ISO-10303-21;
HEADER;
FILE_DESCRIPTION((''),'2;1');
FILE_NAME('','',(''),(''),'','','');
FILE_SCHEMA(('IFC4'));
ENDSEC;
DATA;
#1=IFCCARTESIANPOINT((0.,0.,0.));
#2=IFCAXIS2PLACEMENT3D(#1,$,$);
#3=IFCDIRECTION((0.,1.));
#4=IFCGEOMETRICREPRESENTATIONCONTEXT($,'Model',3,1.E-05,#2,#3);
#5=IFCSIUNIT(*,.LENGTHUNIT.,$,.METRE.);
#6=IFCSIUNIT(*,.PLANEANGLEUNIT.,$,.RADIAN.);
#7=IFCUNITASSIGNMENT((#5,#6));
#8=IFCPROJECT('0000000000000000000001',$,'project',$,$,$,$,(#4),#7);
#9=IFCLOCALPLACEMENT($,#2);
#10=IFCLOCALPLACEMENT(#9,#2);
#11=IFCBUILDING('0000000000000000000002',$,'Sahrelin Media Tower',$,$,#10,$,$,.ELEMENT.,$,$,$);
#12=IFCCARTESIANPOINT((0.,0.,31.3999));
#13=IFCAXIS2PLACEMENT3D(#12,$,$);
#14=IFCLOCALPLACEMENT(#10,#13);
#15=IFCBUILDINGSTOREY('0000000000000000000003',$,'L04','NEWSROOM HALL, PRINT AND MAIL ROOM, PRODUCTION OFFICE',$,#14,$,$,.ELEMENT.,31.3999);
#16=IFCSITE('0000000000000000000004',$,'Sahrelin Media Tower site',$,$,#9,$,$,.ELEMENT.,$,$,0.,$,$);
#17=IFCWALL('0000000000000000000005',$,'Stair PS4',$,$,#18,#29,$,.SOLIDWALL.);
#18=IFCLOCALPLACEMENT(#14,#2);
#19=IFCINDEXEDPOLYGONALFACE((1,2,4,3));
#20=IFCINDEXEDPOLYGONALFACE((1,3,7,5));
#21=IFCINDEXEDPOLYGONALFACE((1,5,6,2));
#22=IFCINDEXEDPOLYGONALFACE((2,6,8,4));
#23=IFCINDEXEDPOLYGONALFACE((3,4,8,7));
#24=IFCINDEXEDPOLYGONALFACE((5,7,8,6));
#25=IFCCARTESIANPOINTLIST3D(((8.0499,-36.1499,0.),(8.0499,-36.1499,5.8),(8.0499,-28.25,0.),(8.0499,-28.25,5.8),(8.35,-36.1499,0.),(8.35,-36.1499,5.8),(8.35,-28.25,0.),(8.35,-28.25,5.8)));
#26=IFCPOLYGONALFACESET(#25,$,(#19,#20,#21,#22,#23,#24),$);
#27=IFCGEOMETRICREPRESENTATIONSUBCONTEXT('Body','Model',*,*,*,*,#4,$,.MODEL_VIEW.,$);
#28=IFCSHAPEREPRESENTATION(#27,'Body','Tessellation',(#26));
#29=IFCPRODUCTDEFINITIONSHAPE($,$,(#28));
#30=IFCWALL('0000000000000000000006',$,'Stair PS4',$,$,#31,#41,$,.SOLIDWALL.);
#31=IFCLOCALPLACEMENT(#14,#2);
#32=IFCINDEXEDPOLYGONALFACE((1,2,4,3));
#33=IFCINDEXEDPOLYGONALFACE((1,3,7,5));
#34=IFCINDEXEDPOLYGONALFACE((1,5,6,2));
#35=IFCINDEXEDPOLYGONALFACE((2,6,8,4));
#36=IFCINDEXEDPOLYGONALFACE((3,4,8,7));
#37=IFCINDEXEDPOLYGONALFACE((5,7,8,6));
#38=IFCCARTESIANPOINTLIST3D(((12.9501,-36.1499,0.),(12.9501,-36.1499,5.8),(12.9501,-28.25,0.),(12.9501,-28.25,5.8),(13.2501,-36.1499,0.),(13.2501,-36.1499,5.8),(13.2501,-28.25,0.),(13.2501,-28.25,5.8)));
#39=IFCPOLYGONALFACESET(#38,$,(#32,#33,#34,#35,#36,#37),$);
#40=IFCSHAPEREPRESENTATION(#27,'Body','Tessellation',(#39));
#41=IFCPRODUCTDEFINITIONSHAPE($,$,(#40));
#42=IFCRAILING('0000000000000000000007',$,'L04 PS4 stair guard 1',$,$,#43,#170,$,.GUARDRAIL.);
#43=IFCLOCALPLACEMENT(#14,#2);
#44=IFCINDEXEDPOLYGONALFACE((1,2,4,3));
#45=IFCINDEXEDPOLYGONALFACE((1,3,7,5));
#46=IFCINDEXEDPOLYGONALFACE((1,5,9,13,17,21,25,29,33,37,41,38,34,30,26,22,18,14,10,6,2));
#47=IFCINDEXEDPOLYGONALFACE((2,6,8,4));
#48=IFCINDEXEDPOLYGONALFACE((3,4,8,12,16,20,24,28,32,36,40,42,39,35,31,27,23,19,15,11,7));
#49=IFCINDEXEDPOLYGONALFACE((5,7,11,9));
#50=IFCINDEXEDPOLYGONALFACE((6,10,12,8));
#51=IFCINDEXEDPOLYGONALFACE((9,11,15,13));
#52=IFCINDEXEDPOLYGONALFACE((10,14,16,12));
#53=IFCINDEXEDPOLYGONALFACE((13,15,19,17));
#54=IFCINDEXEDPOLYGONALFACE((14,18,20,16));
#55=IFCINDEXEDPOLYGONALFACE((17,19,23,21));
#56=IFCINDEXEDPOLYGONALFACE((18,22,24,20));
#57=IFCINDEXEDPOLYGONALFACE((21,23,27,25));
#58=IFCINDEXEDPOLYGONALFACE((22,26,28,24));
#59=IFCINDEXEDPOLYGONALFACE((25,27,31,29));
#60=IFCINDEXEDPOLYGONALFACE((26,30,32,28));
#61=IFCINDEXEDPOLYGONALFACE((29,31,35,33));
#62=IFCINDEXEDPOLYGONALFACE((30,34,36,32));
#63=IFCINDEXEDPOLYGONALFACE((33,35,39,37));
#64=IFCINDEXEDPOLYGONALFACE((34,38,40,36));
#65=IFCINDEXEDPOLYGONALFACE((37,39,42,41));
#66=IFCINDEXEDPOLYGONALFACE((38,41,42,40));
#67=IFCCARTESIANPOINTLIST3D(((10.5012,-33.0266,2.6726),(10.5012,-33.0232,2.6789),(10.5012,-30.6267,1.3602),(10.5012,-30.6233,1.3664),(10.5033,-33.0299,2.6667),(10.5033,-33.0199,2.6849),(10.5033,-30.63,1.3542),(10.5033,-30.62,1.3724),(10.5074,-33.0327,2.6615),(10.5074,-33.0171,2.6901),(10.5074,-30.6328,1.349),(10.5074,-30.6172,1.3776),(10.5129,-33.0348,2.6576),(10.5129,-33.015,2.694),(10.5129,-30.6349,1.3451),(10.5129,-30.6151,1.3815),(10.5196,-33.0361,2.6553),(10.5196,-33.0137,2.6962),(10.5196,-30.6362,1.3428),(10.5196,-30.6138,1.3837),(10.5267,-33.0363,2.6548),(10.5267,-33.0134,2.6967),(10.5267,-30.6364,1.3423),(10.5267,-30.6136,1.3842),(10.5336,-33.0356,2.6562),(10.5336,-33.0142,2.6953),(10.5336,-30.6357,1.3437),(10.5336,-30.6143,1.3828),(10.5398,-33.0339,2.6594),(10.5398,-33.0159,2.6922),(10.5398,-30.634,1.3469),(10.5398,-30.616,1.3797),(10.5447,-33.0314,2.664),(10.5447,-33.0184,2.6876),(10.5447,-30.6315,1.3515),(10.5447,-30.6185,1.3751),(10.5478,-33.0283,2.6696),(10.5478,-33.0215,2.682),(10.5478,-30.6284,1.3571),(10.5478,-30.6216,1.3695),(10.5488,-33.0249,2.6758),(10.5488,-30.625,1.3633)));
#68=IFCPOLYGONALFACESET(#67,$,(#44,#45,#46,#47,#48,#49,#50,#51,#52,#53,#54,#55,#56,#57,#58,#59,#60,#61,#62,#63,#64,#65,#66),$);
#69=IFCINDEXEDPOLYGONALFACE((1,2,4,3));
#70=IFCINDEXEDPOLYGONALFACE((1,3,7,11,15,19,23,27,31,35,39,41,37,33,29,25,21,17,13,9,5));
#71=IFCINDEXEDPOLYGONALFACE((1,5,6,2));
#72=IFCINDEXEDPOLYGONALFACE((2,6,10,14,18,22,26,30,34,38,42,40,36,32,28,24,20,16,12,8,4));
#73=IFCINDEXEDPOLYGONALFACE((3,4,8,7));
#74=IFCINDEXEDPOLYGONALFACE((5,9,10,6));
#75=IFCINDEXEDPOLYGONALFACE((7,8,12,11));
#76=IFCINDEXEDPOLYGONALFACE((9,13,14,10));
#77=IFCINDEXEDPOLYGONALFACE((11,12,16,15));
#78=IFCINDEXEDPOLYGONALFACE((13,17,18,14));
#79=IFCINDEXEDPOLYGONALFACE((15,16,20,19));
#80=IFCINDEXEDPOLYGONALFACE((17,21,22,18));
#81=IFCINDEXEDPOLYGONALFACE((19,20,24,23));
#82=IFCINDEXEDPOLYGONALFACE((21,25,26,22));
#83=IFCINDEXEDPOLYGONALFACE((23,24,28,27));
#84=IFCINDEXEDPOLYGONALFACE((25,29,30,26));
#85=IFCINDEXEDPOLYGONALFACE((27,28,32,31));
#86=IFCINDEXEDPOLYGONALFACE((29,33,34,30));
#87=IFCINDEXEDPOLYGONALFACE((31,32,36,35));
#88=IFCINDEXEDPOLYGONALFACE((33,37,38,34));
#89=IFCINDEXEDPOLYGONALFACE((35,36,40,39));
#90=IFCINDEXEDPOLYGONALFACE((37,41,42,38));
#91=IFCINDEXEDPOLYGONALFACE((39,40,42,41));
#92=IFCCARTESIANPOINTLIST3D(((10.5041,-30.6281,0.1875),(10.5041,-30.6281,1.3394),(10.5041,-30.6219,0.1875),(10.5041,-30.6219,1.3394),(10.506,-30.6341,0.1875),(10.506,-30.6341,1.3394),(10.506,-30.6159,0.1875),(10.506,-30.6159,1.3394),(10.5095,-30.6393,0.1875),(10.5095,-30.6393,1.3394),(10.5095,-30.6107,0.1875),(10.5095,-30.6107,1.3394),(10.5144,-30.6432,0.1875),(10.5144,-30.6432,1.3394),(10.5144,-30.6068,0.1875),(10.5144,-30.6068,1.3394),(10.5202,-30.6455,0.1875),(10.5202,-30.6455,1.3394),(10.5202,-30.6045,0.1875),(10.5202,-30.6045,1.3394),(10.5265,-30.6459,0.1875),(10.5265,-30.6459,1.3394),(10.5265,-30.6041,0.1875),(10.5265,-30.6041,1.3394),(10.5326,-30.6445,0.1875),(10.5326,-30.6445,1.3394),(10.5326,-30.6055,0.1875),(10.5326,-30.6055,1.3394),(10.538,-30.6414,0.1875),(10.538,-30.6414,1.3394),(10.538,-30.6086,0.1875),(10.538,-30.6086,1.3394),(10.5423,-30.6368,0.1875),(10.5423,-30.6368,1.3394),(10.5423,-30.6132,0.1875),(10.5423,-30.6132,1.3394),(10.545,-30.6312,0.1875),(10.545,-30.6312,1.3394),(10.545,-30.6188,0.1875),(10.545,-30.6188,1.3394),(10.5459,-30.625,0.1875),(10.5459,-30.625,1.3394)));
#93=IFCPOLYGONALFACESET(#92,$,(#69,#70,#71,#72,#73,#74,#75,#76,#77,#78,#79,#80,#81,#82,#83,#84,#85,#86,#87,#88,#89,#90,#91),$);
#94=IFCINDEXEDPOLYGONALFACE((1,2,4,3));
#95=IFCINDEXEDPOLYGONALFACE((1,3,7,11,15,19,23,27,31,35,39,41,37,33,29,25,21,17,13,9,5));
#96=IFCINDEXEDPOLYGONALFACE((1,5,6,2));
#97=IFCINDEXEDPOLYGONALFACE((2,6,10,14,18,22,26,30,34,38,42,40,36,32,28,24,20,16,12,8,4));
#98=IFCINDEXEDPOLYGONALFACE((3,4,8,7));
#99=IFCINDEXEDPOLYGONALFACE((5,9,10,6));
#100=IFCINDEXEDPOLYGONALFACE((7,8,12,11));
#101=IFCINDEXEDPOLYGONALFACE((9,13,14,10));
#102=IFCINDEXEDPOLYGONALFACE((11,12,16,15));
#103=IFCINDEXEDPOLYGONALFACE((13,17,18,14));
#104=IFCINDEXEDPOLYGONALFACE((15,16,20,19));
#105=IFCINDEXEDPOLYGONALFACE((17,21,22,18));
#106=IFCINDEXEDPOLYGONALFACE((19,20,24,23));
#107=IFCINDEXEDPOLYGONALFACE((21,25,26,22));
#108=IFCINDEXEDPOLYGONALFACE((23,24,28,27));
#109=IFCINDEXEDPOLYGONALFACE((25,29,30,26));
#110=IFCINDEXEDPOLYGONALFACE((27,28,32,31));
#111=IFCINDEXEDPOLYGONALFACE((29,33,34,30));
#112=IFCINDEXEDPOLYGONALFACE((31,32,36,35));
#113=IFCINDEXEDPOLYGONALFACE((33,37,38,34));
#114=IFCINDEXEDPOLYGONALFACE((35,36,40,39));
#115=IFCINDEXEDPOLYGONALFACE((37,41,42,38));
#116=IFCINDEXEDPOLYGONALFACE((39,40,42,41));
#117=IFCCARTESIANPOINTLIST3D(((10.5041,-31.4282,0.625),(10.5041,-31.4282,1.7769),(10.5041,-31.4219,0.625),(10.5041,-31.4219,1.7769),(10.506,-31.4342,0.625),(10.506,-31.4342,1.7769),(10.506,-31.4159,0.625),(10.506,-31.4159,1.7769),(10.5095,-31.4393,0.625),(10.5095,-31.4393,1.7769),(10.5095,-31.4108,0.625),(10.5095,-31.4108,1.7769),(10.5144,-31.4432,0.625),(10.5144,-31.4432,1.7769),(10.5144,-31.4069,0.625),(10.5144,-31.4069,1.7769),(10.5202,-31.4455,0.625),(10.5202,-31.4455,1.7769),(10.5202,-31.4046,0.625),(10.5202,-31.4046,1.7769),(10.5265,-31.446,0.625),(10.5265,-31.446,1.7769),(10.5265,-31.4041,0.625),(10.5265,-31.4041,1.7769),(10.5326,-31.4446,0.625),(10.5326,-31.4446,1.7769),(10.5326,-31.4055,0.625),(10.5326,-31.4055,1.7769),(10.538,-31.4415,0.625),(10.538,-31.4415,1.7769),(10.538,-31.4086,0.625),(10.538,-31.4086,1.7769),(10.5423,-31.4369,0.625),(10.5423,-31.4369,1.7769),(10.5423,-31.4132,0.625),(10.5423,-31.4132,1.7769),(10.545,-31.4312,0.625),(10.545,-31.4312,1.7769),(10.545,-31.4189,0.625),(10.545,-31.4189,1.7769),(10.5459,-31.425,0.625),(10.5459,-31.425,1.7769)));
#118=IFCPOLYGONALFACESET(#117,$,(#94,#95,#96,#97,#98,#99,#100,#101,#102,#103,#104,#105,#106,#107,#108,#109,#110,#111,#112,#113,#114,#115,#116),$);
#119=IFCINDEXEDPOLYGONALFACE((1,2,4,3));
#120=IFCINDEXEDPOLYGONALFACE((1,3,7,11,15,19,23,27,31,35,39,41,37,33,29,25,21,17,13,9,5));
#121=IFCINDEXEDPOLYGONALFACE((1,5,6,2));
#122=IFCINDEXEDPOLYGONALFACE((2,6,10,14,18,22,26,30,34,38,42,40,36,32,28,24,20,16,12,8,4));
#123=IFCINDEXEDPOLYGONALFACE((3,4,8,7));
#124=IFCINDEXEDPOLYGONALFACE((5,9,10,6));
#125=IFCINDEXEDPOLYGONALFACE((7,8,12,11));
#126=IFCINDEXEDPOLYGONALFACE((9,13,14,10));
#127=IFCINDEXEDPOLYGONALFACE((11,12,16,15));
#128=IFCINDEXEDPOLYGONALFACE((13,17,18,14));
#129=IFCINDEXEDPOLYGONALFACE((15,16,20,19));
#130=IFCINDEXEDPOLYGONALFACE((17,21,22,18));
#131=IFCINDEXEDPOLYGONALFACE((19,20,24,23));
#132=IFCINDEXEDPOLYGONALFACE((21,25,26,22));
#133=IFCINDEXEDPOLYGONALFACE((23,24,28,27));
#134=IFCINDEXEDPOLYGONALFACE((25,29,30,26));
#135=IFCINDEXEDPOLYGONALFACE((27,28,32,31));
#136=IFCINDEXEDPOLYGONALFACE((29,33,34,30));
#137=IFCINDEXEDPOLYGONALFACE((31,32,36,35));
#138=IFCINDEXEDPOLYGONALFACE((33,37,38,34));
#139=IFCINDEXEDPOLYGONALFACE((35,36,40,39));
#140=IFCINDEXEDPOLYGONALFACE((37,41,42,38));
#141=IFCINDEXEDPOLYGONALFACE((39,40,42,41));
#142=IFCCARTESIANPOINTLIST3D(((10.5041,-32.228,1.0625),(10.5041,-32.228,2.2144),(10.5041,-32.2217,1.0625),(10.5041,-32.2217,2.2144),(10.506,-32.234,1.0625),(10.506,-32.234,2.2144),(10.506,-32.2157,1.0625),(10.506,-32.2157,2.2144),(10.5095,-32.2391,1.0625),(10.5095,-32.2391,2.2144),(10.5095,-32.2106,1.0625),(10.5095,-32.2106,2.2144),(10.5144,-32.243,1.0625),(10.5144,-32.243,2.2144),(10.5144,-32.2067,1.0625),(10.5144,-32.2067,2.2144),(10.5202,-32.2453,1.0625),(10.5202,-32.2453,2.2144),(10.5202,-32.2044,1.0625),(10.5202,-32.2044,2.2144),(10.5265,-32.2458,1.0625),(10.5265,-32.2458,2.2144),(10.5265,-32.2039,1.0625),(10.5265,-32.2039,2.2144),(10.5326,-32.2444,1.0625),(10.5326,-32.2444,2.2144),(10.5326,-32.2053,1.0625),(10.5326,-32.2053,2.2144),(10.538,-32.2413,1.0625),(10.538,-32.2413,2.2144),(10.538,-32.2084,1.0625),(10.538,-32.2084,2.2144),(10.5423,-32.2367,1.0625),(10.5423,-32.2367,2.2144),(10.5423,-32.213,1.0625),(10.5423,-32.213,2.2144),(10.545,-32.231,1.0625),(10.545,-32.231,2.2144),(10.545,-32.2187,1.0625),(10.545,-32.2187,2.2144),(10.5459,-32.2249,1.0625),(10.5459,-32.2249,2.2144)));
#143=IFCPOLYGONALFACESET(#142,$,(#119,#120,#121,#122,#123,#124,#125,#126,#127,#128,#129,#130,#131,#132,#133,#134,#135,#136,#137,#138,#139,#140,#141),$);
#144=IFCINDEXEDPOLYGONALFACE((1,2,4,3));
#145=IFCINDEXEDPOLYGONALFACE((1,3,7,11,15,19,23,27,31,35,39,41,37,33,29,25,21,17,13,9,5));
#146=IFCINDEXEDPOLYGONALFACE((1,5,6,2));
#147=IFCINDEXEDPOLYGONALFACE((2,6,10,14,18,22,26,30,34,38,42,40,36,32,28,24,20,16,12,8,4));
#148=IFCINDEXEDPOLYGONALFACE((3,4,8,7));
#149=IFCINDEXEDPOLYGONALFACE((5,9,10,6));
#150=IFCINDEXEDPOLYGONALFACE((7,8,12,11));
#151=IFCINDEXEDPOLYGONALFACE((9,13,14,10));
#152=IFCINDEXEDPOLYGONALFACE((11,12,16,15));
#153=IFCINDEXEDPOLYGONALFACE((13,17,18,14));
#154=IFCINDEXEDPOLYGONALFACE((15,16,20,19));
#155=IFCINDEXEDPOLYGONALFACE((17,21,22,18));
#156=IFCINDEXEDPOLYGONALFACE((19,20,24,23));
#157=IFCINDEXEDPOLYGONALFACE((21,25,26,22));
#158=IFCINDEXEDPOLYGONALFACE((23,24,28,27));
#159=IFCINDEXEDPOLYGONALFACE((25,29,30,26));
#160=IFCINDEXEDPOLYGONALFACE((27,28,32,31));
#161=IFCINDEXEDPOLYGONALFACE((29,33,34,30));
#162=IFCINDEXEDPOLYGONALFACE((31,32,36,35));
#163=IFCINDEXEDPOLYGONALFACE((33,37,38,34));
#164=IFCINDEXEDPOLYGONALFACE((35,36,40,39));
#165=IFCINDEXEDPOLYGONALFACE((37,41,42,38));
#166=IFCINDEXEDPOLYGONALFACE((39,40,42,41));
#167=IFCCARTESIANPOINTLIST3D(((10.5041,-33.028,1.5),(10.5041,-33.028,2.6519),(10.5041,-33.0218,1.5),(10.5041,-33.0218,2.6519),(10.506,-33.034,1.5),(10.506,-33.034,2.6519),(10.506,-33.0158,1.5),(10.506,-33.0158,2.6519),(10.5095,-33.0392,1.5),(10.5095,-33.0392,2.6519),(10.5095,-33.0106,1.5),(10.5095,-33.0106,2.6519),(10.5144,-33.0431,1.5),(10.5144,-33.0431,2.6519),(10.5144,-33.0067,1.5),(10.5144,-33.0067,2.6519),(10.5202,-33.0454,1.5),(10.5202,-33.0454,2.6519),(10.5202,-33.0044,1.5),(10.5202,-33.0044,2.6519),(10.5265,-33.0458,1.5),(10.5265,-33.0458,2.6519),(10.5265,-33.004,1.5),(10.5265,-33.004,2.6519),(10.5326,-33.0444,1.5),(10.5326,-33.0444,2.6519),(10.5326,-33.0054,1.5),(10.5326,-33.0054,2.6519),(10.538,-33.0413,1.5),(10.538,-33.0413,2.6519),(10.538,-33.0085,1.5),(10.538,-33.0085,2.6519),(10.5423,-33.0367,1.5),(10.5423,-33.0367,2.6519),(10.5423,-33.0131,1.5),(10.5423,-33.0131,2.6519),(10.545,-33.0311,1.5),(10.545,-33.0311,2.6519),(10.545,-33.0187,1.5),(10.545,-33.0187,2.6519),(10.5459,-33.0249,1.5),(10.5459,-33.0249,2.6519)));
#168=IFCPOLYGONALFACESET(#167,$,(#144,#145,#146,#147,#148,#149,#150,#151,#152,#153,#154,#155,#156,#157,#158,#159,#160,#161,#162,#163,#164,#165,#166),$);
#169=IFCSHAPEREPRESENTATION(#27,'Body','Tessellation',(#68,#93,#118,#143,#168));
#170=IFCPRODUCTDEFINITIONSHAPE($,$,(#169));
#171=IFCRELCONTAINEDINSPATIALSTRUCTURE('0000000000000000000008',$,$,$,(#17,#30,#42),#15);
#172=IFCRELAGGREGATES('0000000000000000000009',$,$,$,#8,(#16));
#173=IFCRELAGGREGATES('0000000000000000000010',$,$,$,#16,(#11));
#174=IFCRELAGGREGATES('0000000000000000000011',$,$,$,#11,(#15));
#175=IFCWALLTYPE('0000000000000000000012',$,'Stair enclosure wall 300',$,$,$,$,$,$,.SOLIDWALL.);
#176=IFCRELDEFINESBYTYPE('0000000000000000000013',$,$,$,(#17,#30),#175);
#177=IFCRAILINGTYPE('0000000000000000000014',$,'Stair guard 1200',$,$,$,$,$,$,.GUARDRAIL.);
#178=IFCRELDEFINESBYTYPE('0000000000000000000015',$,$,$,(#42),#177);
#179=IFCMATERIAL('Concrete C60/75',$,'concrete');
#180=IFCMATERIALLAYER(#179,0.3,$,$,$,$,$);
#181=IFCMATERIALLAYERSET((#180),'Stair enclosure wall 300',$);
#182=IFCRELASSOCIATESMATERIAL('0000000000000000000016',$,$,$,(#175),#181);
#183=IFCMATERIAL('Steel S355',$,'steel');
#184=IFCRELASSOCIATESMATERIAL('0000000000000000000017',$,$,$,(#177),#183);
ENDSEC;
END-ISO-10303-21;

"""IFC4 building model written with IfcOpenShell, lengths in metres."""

from ifc_helpers import new_model, si_unit, direction, frame, frame_2d, origin, origin_2d, place, context, subcontext, project, spatial, rectangle, circle, extrude, material, layer, layer_set, type_object, element, save


model = new_model("IFC4")

# Units and contexts
model_context = context("Model", 3, precision=1e-05, world=origin(), true_north=direction((0.0, 1.0)))
body_context = subcontext(model_context, "Body", "Model", "MODEL_VIEW")
ifc_project = project(units=[si_unit("LENGTHUNIT", "METRE"), si_unit("PLANEANGLEUNIT", "RADIAN")], contexts=[model_context])

# Site, building, storey
site_placement = place(None, origin())
site = spatial("IfcSite", under=ifc_project, at=site_placement, Name="Sahrelin Media Tower site", CompositionType="ELEMENT", RefElevation=0.0)
building_placement = place(site_placement, origin())
building = spatial("IfcBuilding", under=site, at=building_placement, Name="Sahrelin Media Tower", CompositionType="ELEMENT")
storey_placement = place(building_placement, frame((0.0, 0.0, 31.3999)))
storey = spatial("IfcBuildingStorey", under=building, at=storey_placement, Name="L04", Description="NEWSROOM HALL, PRINT AND MAIL ROOM, PRODUCTION OFFICE", CompositionType="ELEMENT", Elevation=31.3999)

# Shared definitions
ifc_material_1 = material(Name="Steel S355", Category="steel")

# Wall
ifc_material_2 = material(Name="Concrete C60/75", Category="concrete")
ifc_layer_1 = layer(ifc_material_2, 0.3)
ifc_layer_set_1 = layer_set([ifc_layer_1], Name="Stair enclosure wall 300")
wall_type_1 = type_object("IfcWallType", Name="Stair enclosure wall 300", PredefinedType="SOLIDWALL", material=ifc_layer_set_1)
wall_1_placement = place(storey_placement, frame((8.2, -36.1499, 0.0), z_axis=(0.0, 0.0, 1.0), x_axis=(0.0, 1.0, 0.0)))
element("IfcWall", 1, at=wall_1_placement, inside=storey, type_object=wall_type_1, Name="Stair PS4", PredefinedType="SOLIDWALL", context=body_context, shape_type="SweptSolid", body=[
    extrude(rectangle(XDim=7.8999, YDim=0.3, at=frame_2d((3.95, 0.0))), origin(), (0.0, 0.0, 1.0), 5.8),
])

# Wall
wall_2_placement = place(storey_placement, frame((13.1001, -28.25, 0.0), z_axis=(0.0, 0.0, 1.0), x_axis=(0.0, -1.0, 0.0)))
element("IfcWall", 2, at=wall_2_placement, inside=storey, type_object=wall_type_1, Name="Stair PS4", PredefinedType="SOLIDWALL", context=body_context, shape_type="SweptSolid", body=[
    extrude(rectangle(XDim=7.8999, YDim=0.3, at=frame_2d((3.95, 0.0))), origin(), (0.0, 0.0, 1.0), 5.8),
])

# Railing
railing_type_1 = type_object("IfcRailingType", Name="Stair guard 1200", PredefinedType="GUARDRAIL", material=ifc_material_1)
railing_1_placement = place(storey_placement, frame((10.5249, -30.625, 0.1875)))
element("IfcRailing", 3, at=railing_1_placement, inside=storey, type_object=railing_type_1, Name="L04 PS4 stair guard 1", PredefinedType="GUARDRAIL", context=body_context, shape_type="SweptSolid", body=[
    extrude(circle(Radius=0.0239, at=origin_2d()), frame((0.0, 0.0, 1.1758), z_axis=(0.0, -0.877363, 0.479827), x_axis=(1.0, 0.0, 0.0)), (0.0, 0.0, 1.0), 2.7354),
    extrude(circle(Radius=0.021, at=origin_2d()), origin(), (0.0, 0.0, 1.0), 1.1519),
    extrude(circle(Radius=0.021, at=origin_2d()), frame((0.0, -0.8, 0.4375)), (0.0, 0.0, 1.0), 1.1519),
    extrude(circle(Radius=0.021, at=origin_2d()), frame((0.0, -1.5999, 0.875)), (0.0, 0.0, 1.0), 1.1519),
    extrude(circle(Radius=0.021, at=origin_2d()), frame((0.0, -2.3999, 1.3125)), (0.0, 0.0, 1.0), 1.1519),
])

save(model, "model.ifc")
